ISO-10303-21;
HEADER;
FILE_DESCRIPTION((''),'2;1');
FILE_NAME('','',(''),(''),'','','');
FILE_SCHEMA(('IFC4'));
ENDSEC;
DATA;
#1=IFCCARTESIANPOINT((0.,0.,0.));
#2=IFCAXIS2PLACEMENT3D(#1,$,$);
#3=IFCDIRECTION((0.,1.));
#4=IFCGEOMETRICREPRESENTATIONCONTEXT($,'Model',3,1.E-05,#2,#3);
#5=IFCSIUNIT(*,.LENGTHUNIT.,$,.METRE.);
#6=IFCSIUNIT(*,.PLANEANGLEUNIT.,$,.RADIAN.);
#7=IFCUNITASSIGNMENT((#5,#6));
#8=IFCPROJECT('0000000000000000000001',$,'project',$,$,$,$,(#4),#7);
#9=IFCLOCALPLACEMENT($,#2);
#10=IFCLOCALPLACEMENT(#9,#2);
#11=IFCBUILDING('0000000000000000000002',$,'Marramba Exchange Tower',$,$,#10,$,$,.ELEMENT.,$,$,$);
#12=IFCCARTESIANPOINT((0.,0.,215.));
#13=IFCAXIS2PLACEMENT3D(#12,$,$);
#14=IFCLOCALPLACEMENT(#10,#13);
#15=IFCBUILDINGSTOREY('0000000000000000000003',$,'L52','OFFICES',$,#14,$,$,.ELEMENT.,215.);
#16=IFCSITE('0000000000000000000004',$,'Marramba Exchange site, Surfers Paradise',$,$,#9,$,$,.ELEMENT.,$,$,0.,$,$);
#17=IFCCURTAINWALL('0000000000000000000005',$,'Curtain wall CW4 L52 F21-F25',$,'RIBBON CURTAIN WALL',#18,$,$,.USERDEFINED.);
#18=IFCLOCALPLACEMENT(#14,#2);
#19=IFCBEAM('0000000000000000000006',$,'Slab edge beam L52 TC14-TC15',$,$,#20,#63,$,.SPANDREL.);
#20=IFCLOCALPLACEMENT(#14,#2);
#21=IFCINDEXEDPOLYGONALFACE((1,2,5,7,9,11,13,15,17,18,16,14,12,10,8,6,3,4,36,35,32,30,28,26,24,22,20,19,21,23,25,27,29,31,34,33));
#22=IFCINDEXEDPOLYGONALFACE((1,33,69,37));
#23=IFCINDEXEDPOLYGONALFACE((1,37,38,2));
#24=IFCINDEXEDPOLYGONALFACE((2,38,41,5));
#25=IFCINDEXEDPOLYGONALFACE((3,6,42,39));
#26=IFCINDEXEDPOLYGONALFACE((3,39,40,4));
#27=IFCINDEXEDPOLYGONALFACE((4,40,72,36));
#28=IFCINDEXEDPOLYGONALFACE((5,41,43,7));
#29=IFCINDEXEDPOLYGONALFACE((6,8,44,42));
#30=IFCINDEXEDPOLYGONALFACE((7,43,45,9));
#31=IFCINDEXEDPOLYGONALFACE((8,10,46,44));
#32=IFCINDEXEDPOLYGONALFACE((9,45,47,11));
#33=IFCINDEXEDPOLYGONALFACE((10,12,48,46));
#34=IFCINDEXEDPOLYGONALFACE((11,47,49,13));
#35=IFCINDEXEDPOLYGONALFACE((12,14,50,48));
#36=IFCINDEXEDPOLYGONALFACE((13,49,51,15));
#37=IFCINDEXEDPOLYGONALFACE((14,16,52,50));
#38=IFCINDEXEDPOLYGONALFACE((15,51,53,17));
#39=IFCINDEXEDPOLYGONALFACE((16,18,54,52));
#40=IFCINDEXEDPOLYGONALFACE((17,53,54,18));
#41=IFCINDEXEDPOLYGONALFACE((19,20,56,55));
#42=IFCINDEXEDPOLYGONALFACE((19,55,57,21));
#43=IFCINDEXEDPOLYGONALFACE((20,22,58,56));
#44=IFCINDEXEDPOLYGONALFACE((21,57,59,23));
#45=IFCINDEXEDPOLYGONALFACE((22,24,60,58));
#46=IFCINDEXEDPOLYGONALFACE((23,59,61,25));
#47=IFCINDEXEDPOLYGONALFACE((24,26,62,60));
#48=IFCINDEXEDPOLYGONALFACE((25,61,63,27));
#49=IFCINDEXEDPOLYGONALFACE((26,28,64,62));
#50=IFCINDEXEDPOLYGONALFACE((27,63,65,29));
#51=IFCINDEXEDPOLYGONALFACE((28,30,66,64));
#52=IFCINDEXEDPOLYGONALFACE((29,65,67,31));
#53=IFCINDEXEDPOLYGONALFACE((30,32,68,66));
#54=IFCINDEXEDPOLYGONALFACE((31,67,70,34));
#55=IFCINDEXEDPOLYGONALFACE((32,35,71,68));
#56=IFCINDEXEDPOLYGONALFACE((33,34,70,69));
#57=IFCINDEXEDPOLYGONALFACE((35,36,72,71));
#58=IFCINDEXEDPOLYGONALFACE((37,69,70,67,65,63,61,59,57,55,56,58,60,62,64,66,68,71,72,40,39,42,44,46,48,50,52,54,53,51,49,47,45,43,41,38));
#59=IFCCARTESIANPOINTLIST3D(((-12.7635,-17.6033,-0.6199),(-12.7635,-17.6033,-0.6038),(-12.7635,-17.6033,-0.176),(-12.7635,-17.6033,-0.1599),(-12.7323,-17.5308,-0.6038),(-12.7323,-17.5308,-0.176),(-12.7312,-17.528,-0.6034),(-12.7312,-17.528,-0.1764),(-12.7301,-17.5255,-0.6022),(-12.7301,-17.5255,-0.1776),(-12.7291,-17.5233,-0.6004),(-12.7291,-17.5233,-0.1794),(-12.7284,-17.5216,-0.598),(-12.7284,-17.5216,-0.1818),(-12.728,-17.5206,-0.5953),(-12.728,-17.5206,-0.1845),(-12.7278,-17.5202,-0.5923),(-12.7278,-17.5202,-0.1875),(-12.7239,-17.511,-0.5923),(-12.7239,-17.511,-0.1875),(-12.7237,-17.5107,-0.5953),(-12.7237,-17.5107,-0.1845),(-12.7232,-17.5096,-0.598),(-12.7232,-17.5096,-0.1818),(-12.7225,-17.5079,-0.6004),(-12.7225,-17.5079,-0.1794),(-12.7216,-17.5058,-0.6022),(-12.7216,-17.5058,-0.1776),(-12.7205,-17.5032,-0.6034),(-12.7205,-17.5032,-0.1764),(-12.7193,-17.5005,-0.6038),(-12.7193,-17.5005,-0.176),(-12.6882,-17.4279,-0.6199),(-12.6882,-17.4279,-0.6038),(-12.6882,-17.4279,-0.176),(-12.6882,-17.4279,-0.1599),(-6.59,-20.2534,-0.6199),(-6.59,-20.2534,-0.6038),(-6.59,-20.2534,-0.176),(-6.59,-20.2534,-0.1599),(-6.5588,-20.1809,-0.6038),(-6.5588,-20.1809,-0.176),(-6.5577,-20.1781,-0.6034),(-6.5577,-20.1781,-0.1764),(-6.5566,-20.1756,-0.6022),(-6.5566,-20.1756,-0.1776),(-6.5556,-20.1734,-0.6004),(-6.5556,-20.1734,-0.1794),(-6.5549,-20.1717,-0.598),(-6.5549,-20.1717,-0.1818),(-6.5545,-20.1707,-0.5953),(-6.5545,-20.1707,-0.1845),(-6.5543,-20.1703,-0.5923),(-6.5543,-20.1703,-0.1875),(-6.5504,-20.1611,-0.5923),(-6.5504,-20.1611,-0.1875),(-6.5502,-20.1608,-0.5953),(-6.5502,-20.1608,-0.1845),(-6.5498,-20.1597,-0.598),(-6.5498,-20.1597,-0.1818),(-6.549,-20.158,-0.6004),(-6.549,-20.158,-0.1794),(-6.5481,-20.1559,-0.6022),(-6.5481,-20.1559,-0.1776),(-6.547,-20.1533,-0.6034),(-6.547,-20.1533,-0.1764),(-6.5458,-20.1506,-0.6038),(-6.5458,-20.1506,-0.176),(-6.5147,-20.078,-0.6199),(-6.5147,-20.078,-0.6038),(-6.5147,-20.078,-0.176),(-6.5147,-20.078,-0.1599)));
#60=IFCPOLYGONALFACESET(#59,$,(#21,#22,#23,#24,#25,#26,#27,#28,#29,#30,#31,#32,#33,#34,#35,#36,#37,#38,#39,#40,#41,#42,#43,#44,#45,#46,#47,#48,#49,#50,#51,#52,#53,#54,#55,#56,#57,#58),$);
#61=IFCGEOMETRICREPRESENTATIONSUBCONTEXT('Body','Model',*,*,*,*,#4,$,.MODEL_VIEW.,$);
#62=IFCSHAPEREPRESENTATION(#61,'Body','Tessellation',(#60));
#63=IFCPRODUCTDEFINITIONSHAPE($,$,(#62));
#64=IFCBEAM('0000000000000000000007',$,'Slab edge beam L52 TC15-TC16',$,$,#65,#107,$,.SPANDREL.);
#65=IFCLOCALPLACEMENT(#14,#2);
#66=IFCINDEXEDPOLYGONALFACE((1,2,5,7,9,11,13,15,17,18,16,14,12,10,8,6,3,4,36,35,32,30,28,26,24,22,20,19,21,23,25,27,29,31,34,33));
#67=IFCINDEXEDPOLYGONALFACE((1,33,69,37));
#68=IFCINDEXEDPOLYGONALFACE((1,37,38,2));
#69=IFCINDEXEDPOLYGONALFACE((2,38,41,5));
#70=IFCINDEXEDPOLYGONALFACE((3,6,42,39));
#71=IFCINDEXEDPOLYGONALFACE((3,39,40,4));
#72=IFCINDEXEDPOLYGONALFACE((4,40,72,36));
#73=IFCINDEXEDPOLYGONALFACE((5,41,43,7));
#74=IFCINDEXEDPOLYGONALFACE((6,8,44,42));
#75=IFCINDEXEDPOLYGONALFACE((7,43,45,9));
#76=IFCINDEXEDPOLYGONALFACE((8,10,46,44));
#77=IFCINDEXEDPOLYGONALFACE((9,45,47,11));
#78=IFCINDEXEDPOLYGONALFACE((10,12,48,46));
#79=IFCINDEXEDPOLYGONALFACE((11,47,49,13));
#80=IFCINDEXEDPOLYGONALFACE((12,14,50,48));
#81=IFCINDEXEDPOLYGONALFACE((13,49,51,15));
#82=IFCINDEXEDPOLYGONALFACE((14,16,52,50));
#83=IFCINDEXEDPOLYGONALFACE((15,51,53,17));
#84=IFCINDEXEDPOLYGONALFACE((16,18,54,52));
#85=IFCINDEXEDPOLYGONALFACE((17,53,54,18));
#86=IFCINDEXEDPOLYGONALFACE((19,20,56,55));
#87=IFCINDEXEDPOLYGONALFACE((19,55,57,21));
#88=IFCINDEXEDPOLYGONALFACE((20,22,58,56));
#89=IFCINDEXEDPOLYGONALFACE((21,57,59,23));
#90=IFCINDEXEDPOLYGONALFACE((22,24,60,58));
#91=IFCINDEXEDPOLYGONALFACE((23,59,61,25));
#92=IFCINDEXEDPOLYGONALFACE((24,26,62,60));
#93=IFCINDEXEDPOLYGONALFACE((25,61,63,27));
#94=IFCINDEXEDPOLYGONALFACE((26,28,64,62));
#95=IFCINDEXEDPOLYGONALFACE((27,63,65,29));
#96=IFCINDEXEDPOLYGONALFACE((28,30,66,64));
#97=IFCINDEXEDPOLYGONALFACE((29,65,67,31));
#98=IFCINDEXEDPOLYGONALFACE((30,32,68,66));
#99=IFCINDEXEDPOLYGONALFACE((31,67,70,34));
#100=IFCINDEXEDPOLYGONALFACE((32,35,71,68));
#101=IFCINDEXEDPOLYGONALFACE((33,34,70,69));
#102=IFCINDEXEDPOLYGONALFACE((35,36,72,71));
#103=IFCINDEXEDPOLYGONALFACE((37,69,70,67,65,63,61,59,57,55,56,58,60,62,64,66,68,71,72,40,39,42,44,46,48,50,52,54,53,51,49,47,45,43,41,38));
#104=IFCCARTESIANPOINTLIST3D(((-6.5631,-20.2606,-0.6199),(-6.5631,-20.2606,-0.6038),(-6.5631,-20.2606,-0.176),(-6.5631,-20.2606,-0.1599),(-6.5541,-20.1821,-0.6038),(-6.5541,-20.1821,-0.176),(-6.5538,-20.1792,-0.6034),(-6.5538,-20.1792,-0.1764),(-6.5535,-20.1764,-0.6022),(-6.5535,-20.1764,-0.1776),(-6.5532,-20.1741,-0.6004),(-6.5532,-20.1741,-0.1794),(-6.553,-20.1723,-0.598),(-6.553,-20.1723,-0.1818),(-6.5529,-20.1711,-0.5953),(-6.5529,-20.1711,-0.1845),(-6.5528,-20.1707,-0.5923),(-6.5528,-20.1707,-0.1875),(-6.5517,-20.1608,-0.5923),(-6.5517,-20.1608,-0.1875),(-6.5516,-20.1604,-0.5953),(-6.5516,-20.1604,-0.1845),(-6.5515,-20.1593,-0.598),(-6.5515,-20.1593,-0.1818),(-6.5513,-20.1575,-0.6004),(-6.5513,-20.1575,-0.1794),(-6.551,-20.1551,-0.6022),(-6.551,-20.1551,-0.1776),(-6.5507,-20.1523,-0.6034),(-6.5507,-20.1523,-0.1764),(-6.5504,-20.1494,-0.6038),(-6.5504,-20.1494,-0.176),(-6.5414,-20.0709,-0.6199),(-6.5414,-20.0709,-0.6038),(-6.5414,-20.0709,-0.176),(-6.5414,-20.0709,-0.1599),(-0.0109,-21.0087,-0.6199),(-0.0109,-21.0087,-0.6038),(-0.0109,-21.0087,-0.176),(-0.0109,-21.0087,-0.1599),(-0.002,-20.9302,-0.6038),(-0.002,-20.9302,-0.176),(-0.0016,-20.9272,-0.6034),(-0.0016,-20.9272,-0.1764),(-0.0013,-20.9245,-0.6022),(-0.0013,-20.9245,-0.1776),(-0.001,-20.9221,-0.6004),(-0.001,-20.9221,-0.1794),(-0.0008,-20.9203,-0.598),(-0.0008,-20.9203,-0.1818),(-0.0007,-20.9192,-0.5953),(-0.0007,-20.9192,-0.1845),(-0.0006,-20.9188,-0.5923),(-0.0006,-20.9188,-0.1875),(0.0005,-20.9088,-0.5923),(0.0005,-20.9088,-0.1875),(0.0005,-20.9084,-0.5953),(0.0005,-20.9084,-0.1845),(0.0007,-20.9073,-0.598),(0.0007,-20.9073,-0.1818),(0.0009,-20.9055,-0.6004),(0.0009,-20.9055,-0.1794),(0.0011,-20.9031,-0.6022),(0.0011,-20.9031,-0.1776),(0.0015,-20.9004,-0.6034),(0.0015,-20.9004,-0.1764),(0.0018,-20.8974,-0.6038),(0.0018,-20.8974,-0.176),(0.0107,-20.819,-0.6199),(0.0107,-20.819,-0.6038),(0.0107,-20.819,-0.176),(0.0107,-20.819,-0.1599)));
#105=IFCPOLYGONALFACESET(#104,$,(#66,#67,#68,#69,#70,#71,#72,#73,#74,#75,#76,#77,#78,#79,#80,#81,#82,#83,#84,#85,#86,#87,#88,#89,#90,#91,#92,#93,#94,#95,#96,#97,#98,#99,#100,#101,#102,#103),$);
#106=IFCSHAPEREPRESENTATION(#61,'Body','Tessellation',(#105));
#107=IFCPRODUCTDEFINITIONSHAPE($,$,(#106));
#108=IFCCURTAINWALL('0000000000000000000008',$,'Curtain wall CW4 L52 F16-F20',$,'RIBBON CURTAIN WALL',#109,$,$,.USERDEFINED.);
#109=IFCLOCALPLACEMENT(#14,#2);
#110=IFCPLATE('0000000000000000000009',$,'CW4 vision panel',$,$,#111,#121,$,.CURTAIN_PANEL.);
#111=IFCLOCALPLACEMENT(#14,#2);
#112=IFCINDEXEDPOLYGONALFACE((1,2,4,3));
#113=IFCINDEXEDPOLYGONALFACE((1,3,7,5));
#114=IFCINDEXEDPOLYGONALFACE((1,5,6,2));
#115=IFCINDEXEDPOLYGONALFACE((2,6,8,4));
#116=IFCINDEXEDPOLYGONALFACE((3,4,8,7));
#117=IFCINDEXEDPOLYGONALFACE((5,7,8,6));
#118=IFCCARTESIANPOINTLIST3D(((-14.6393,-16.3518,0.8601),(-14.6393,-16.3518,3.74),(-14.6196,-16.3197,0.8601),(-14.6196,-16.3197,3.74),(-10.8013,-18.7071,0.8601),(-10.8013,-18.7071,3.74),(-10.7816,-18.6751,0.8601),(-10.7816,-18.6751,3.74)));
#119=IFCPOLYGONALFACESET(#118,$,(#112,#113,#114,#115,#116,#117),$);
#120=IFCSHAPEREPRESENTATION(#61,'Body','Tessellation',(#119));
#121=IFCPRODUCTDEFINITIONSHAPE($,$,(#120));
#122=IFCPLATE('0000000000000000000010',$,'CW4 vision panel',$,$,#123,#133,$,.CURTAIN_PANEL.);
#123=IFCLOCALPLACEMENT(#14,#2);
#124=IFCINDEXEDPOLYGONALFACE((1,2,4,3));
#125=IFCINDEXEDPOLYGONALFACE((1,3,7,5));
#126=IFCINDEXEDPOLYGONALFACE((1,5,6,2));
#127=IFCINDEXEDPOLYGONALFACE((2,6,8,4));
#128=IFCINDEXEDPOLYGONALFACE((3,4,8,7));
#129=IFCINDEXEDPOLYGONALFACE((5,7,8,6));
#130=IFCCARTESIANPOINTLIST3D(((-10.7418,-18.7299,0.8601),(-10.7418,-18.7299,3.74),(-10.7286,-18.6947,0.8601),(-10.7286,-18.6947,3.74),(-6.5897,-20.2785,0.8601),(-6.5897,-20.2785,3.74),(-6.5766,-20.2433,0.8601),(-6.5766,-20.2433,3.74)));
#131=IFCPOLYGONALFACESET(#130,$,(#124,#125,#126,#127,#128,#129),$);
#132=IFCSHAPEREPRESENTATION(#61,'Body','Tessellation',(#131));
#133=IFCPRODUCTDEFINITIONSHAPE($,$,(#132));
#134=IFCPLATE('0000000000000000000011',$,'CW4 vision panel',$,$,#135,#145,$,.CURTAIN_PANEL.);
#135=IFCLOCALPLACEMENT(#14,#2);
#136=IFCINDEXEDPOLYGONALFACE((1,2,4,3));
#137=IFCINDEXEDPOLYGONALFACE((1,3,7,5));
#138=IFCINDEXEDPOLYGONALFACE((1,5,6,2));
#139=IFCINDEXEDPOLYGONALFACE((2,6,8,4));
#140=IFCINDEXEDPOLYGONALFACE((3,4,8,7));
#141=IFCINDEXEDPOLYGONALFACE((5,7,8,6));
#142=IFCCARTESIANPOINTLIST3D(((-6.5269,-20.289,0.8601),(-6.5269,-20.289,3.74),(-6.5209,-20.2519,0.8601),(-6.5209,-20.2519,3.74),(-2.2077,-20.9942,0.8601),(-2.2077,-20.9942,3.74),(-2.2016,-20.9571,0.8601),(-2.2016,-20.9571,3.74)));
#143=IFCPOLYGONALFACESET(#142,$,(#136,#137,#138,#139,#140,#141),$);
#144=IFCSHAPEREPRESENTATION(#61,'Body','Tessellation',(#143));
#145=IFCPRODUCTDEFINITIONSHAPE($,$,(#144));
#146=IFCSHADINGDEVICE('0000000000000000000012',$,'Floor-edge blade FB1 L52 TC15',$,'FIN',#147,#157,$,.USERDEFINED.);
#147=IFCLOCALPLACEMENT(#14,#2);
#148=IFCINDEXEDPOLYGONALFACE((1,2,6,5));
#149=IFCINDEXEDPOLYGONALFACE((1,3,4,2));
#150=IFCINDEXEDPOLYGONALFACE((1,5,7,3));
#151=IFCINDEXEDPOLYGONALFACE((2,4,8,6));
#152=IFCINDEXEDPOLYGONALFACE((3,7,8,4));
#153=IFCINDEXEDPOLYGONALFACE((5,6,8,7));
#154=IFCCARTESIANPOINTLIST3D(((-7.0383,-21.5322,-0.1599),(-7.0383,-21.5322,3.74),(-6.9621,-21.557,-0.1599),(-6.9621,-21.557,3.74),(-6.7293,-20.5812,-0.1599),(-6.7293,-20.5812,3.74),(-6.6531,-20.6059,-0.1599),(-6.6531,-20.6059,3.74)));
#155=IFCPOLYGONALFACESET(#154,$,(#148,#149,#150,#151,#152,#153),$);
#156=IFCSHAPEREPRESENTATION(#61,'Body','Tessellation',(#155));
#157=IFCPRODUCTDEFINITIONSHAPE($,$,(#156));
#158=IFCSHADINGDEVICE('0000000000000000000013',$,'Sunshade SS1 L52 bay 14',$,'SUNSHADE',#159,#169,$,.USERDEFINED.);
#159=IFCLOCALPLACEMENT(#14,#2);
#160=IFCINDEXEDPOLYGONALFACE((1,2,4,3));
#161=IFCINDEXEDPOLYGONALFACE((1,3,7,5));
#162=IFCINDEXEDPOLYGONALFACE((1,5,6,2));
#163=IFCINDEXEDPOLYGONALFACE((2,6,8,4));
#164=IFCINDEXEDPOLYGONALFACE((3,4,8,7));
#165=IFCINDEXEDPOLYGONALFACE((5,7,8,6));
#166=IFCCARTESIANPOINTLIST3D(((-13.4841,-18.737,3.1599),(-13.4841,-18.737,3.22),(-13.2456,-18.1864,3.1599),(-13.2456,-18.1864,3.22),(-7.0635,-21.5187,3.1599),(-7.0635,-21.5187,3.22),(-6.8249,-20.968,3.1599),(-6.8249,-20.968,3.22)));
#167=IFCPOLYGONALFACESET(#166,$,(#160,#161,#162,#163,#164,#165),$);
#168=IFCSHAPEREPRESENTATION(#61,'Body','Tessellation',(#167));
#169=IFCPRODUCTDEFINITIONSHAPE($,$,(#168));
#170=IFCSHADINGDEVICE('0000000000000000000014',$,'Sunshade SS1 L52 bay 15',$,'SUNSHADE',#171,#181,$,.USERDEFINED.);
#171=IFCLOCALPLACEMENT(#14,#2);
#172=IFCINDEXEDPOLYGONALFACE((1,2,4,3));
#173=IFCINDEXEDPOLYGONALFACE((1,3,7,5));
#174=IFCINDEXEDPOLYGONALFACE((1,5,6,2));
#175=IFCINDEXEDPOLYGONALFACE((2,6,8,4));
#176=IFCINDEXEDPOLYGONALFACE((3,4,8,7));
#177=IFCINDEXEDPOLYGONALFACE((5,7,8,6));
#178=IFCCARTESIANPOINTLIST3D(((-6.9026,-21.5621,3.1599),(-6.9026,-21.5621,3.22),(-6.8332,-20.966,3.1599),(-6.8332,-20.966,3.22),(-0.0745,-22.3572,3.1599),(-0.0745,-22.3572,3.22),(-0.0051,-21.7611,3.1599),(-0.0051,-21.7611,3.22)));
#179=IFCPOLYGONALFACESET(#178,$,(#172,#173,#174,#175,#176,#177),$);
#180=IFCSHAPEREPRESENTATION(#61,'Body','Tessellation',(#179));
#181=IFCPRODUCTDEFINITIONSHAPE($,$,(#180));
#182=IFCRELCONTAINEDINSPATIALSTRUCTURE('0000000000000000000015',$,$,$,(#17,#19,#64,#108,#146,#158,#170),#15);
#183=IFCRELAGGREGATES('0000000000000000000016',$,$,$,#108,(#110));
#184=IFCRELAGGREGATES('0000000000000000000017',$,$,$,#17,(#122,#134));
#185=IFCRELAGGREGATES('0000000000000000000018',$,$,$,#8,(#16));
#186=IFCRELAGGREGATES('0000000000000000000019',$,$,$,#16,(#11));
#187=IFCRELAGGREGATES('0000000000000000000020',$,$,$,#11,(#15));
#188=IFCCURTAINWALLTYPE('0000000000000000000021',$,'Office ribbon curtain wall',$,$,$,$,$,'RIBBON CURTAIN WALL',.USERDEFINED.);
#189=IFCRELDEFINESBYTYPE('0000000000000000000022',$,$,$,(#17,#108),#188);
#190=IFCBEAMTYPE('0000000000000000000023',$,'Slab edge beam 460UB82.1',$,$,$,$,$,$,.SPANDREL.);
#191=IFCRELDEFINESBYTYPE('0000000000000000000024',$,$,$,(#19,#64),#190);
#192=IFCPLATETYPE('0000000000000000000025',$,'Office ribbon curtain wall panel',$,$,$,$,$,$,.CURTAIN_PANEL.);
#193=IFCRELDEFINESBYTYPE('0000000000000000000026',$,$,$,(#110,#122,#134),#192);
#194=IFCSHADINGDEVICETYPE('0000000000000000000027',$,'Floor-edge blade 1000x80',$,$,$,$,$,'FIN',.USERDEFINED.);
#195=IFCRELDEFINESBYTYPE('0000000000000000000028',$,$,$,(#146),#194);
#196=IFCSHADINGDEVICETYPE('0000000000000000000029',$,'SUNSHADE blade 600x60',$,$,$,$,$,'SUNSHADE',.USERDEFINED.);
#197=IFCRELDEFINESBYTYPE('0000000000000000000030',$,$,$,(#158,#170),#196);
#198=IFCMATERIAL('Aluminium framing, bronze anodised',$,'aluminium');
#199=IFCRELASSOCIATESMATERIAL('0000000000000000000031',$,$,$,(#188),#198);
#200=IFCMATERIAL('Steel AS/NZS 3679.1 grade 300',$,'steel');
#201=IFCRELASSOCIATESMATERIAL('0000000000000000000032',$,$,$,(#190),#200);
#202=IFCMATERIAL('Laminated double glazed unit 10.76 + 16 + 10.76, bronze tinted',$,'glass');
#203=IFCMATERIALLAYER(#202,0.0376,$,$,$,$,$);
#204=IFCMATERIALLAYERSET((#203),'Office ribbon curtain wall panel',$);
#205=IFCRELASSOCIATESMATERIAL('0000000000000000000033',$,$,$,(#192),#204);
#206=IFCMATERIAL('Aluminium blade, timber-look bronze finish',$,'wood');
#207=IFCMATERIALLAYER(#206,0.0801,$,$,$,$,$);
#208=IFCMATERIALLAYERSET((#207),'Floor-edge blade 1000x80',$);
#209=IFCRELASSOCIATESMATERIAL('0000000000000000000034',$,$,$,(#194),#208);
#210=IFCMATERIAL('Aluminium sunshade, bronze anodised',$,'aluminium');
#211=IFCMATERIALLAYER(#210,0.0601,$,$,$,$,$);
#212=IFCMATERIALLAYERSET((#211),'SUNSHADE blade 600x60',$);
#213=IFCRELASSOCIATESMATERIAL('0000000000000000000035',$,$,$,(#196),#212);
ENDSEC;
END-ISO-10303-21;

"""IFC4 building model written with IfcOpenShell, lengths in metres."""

from ifc_helpers import new_model, si_unit, direction, frame, origin, origin_2d, place, context, subcontext, project, spatial, rectangle, i_section, extrude, material, layer, layer_set, material_profile, profile_set, type_object, element, aggregate, save


model = new_model("IFC4")

# Units and contexts
model_context = context("Model", 3, precision=1e-05, world=origin(), true_north=direction((0.0, 1.0)))
body_context = subcontext(model_context, "Body", "Model", "MODEL_VIEW")
ifc_project = project(units=[si_unit("LENGTHUNIT", "METRE"), si_unit("PLANEANGLEUNIT", "RADIAN")], contexts=[model_context])

# Site, building, storey
site_placement = place(None, origin())
site = spatial("IfcSite", under=ifc_project, at=site_placement, Name="Marramba Exchange site, Surfers Paradise", CompositionType="ELEMENT", RefElevation=0.0)
building_placement = place(site_placement, origin())
building = spatial("IfcBuilding", under=site, at=building_placement, Name="Marramba Exchange Tower", CompositionType="ELEMENT")
storey_placement = place(building_placement, frame((0.0, 0.0, 215.0)))
storey = spatial("IfcBuildingStorey", under=building, at=storey_placement, Name="L52", Description="OFFICES", CompositionType="ELEMENT", Elevation=215.0)

# Curtain wall
ifc_material_1 = material(Name="Aluminium framing, bronze anodised", Category="aluminium")
curtain_wall_type = type_object("IfcCurtainWallType", Name="Office ribbon curtain wall", ElementType="RIBBON CURTAIN WALL", PredefinedType="USERDEFINED", material=ifc_material_1)
curtain_wall_1_placement = place(storey_placement, origin())
curtain_wall_1 = element("IfcCurtainWall", 1, at=curtain_wall_1_placement, inside=storey, type_object=curtain_wall_type, Name="Curtain wall CW4 L52 F21-F25", ObjectType="RIBBON CURTAIN WALL", PredefinedType="USERDEFINED")

# Beams
ifc_material_2 = material(Name="Steel AS/NZS 3679.1 grade 300", Category="steel")
ifc_material_profile_1 = material_profile(ifc_material_2, i_section(OverallWidth=0.1909, OverallDepth=0.46, WebThickness=0.01, FlangeThickness=0.0161, FilletRadius=0.0115, at=origin_2d()), Name="460UB82.1")
ifc_profile_set_1 = profile_set([ifc_material_profile_1], Name="Steel AS/NZS 3679.1 grade 300")
beam_type_1 = type_object("IfcBeamType", Name="Slab edge beam 460UB82.1", PredefinedType="SPANDREL", material=ifc_profile_set_1)
beam_1_placement = place(storey_placement, frame((-12.7258, -17.5156, -0.3899), z_axis=(0.918912, -0.394463, 0.0), x_axis=(0.394463, 0.918912, 0.0)))
element("IfcBeam", 2, at=beam_1_placement, inside=storey, type_object=beam_type_1, Name="Slab edge beam L52 TC14-TC15", PredefinedType="SPANDREL", context=body_context, shape_type="SweptSolid", body=[
    extrude(i_section(OverallWidth=0.1909, OverallDepth=0.46, WebThickness=0.01, FlangeThickness=0.0161, FilletRadius=0.0115, at=origin_2d()), origin(), (0.0, 0.0, 1.0), 6.7183),
])
beam_2_placement = place(storey_placement, frame((-6.5522, -20.1658, -0.3899), z_axis=(0.993546, -0.11343, 0.0), x_axis=(0.11343, 0.993546, 0.0)))
element("IfcBeam", 3, at=beam_2_placement, inside=storey, type_object=beam_type_1, Name="Slab edge beam L52 TC15-TC16", PredefinedType="SPANDREL", context=body_context, shape_type="SweptSolid", body=[
    extrude(i_section(OverallWidth=0.1909, OverallDepth=0.46, WebThickness=0.01, FlangeThickness=0.0161, FilletRadius=0.0115, at=origin_2d()), origin(), (0.0, 0.0, 1.0), 6.5947),
])

# Curtain wall, plate
curtain_wall_2_placement = place(storey_placement, origin())
curtain_wall_2 = element("IfcCurtainWall", 4, at=curtain_wall_2_placement, inside=storey, type_object=curtain_wall_type, Name="Curtain wall CW4 L52 F16-F20", ObjectType="RIBBON CURTAIN WALL", PredefinedType="USERDEFINED")
ifc_material_3 = material(Name="Laminated double glazed unit 10.76 + 16 + 10.76, bronze tinted", Category="glass")
ifc_layer_1 = layer(ifc_material_3, 0.0376)
ifc_layer_set_1 = layer_set([ifc_layer_1], Name="Office ribbon curtain wall panel")
plate_type = type_object("IfcPlateType", Name="Office ribbon curtain wall panel", PredefinedType="CURTAIN_PANEL", material=ifc_layer_set_1)
plate_1_placement = place(storey_placement, frame((-12.7104, -17.5134, 0.8601), z_axis=(0.0, 0.0, 1.0), x_axis=(0.852301, -0.523052, 0.0)))
plate_1 = element("IfcPlate", 5, at=plate_1_placement, type_object=plate_type, Name="CW4 vision panel", PredefinedType="CURTAIN_PANEL", context=body_context, shape_type="SweptSolid", body=[
    extrude(rectangle(XDim=4.5032, YDim=0.0376, at=origin_2d()), origin(), (0.0, 0.0, 1.0), 2.8799),
])
aggregate(curtain_wall_2, [plate_1])

# Plates
plate_2_placement = place(storey_placement, frame((-8.6592, -19.4866, 0.8601), z_axis=(0.0, 0.0, 1.0), x_axis=(0.936952, -0.349459, 0.0)))
plate_2 = element("IfcPlate", 6, at=plate_2_placement, type_object=plate_type, Name="CW4 vision panel", PredefinedType="CURTAIN_PANEL", context=body_context, shape_type="SweptSolid", body=[
    extrude(rectangle(XDim=4.4314, YDim=0.0376, at=origin_2d()), origin(), (0.0, 0.0, 1.0), 2.8799),
])
plate_3_placement = place(storey_placement, frame((-4.3643, -20.623, 0.8601), z_axis=(0.0, 0.0, 1.0), x_axis=(0.986931, -0.161146, 0.0)))
plate_3 = element("IfcPlate", 7, at=plate_3_placement, type_object=plate_type, Name="CW4 vision panel", PredefinedType="CURTAIN_PANEL", context=body_context, shape_type="SweptSolid", body=[
    extrude(rectangle(XDim=4.3765, YDim=0.0376, at=origin_2d()), origin(), (0.0, 0.0, 1.0), 2.8799),
])
aggregate(curtain_wall_1, [plate_2, plate_3])

# Shading devices
ifc_material_4 = material(Name="Aluminium blade, timber-look bronze finish", Category="wood")
ifc_layer_2 = layer(ifc_material_4, 0.0801)
ifc_layer_set_2 = layer_set([ifc_layer_2], Name="Floor-edge blade 1000x80")
shading_device_type_1 = type_object("IfcShadingDeviceType", Name="Floor-edge blade 1000x80", ElementType="FIN", PredefinedType="USERDEFINED", material=ifc_layer_set_2)
shading_device_1_placement = place(storey_placement, frame((-6.8457, -21.0691, -0.1599), z_axis=(0.0, 0.0, 1.0), x_axis=(-0.309017, -0.951057, 0.0)))
element("IfcShadingDevice", 8, at=shading_device_1_placement, inside=storey, type_object=shading_device_type_1, Name="Floor-edge blade FB1 L52 TC15", ObjectType="FIN", PredefinedType="USERDEFINED", context=body_context, shape_type="SweptSolid", body=[
    extrude(rectangle(XDim=1.0, YDim=0.0801, at=origin_2d()), origin(), (0.0, 0.0, 1.0), 3.8999),
])
ifc_material_5 = material(Name="Aluminium sunshade, bronze anodised", Category="aluminium")
ifc_layer_3 = layer(ifc_material_5, 0.0601)
ifc_layer_set_3 = layer_set([ifc_layer_3], Name="SUNSHADE blade 600x60")
shading_device_type_2 = type_object("IfcShadingDeviceType", Name="SUNSHADE blade 600x60", ElementType="SUNSHADE", PredefinedType="USERDEFINED", material=ifc_layer_set_3)
shading_device_2_placement = place(storey_placement, frame((-10.1545, -19.8525, 3.1599), z_axis=(0.0, 0.0, 1.0), x_axis=(0.917589, -0.39753, 0.0)))
element("IfcShadingDevice", 9, at=shading_device_2_placement, inside=storey, type_object=shading_device_type_2, Name="Sunshade SS1 L52 bay 14", ObjectType="SUNSHADE", PredefinedType="USERDEFINED", context=body_context, shape_type="SweptSolid", body=[
    extrude(rectangle(XDim=6.9973, YDim=0.6001, at=origin_2d()), origin(), (0.0, 0.0, 1.0), 0.0601),
])
shading_device_3_placement = place(storey_placement, frame((-3.4539, -21.6616, 3.1599), z_axis=(0.0, 0.0, 1.0), x_axis=(0.993288, -0.115665, 0.0)))
element("IfcShadingDevice", 10, at=shading_device_3_placement, inside=storey, type_object=shading_device_type_2, Name="Sunshade SS1 L52 bay 15", ObjectType="SUNSHADE", PredefinedType="USERDEFINED", context=body_context, shape_type="SweptSolid", body=[
    extrude(rectangle(XDim=6.8743, YDim=0.6001, at=origin_2d()), origin(), (0.0, 0.0, 1.0), 0.0601),
])

save(model, "model.ifc")
